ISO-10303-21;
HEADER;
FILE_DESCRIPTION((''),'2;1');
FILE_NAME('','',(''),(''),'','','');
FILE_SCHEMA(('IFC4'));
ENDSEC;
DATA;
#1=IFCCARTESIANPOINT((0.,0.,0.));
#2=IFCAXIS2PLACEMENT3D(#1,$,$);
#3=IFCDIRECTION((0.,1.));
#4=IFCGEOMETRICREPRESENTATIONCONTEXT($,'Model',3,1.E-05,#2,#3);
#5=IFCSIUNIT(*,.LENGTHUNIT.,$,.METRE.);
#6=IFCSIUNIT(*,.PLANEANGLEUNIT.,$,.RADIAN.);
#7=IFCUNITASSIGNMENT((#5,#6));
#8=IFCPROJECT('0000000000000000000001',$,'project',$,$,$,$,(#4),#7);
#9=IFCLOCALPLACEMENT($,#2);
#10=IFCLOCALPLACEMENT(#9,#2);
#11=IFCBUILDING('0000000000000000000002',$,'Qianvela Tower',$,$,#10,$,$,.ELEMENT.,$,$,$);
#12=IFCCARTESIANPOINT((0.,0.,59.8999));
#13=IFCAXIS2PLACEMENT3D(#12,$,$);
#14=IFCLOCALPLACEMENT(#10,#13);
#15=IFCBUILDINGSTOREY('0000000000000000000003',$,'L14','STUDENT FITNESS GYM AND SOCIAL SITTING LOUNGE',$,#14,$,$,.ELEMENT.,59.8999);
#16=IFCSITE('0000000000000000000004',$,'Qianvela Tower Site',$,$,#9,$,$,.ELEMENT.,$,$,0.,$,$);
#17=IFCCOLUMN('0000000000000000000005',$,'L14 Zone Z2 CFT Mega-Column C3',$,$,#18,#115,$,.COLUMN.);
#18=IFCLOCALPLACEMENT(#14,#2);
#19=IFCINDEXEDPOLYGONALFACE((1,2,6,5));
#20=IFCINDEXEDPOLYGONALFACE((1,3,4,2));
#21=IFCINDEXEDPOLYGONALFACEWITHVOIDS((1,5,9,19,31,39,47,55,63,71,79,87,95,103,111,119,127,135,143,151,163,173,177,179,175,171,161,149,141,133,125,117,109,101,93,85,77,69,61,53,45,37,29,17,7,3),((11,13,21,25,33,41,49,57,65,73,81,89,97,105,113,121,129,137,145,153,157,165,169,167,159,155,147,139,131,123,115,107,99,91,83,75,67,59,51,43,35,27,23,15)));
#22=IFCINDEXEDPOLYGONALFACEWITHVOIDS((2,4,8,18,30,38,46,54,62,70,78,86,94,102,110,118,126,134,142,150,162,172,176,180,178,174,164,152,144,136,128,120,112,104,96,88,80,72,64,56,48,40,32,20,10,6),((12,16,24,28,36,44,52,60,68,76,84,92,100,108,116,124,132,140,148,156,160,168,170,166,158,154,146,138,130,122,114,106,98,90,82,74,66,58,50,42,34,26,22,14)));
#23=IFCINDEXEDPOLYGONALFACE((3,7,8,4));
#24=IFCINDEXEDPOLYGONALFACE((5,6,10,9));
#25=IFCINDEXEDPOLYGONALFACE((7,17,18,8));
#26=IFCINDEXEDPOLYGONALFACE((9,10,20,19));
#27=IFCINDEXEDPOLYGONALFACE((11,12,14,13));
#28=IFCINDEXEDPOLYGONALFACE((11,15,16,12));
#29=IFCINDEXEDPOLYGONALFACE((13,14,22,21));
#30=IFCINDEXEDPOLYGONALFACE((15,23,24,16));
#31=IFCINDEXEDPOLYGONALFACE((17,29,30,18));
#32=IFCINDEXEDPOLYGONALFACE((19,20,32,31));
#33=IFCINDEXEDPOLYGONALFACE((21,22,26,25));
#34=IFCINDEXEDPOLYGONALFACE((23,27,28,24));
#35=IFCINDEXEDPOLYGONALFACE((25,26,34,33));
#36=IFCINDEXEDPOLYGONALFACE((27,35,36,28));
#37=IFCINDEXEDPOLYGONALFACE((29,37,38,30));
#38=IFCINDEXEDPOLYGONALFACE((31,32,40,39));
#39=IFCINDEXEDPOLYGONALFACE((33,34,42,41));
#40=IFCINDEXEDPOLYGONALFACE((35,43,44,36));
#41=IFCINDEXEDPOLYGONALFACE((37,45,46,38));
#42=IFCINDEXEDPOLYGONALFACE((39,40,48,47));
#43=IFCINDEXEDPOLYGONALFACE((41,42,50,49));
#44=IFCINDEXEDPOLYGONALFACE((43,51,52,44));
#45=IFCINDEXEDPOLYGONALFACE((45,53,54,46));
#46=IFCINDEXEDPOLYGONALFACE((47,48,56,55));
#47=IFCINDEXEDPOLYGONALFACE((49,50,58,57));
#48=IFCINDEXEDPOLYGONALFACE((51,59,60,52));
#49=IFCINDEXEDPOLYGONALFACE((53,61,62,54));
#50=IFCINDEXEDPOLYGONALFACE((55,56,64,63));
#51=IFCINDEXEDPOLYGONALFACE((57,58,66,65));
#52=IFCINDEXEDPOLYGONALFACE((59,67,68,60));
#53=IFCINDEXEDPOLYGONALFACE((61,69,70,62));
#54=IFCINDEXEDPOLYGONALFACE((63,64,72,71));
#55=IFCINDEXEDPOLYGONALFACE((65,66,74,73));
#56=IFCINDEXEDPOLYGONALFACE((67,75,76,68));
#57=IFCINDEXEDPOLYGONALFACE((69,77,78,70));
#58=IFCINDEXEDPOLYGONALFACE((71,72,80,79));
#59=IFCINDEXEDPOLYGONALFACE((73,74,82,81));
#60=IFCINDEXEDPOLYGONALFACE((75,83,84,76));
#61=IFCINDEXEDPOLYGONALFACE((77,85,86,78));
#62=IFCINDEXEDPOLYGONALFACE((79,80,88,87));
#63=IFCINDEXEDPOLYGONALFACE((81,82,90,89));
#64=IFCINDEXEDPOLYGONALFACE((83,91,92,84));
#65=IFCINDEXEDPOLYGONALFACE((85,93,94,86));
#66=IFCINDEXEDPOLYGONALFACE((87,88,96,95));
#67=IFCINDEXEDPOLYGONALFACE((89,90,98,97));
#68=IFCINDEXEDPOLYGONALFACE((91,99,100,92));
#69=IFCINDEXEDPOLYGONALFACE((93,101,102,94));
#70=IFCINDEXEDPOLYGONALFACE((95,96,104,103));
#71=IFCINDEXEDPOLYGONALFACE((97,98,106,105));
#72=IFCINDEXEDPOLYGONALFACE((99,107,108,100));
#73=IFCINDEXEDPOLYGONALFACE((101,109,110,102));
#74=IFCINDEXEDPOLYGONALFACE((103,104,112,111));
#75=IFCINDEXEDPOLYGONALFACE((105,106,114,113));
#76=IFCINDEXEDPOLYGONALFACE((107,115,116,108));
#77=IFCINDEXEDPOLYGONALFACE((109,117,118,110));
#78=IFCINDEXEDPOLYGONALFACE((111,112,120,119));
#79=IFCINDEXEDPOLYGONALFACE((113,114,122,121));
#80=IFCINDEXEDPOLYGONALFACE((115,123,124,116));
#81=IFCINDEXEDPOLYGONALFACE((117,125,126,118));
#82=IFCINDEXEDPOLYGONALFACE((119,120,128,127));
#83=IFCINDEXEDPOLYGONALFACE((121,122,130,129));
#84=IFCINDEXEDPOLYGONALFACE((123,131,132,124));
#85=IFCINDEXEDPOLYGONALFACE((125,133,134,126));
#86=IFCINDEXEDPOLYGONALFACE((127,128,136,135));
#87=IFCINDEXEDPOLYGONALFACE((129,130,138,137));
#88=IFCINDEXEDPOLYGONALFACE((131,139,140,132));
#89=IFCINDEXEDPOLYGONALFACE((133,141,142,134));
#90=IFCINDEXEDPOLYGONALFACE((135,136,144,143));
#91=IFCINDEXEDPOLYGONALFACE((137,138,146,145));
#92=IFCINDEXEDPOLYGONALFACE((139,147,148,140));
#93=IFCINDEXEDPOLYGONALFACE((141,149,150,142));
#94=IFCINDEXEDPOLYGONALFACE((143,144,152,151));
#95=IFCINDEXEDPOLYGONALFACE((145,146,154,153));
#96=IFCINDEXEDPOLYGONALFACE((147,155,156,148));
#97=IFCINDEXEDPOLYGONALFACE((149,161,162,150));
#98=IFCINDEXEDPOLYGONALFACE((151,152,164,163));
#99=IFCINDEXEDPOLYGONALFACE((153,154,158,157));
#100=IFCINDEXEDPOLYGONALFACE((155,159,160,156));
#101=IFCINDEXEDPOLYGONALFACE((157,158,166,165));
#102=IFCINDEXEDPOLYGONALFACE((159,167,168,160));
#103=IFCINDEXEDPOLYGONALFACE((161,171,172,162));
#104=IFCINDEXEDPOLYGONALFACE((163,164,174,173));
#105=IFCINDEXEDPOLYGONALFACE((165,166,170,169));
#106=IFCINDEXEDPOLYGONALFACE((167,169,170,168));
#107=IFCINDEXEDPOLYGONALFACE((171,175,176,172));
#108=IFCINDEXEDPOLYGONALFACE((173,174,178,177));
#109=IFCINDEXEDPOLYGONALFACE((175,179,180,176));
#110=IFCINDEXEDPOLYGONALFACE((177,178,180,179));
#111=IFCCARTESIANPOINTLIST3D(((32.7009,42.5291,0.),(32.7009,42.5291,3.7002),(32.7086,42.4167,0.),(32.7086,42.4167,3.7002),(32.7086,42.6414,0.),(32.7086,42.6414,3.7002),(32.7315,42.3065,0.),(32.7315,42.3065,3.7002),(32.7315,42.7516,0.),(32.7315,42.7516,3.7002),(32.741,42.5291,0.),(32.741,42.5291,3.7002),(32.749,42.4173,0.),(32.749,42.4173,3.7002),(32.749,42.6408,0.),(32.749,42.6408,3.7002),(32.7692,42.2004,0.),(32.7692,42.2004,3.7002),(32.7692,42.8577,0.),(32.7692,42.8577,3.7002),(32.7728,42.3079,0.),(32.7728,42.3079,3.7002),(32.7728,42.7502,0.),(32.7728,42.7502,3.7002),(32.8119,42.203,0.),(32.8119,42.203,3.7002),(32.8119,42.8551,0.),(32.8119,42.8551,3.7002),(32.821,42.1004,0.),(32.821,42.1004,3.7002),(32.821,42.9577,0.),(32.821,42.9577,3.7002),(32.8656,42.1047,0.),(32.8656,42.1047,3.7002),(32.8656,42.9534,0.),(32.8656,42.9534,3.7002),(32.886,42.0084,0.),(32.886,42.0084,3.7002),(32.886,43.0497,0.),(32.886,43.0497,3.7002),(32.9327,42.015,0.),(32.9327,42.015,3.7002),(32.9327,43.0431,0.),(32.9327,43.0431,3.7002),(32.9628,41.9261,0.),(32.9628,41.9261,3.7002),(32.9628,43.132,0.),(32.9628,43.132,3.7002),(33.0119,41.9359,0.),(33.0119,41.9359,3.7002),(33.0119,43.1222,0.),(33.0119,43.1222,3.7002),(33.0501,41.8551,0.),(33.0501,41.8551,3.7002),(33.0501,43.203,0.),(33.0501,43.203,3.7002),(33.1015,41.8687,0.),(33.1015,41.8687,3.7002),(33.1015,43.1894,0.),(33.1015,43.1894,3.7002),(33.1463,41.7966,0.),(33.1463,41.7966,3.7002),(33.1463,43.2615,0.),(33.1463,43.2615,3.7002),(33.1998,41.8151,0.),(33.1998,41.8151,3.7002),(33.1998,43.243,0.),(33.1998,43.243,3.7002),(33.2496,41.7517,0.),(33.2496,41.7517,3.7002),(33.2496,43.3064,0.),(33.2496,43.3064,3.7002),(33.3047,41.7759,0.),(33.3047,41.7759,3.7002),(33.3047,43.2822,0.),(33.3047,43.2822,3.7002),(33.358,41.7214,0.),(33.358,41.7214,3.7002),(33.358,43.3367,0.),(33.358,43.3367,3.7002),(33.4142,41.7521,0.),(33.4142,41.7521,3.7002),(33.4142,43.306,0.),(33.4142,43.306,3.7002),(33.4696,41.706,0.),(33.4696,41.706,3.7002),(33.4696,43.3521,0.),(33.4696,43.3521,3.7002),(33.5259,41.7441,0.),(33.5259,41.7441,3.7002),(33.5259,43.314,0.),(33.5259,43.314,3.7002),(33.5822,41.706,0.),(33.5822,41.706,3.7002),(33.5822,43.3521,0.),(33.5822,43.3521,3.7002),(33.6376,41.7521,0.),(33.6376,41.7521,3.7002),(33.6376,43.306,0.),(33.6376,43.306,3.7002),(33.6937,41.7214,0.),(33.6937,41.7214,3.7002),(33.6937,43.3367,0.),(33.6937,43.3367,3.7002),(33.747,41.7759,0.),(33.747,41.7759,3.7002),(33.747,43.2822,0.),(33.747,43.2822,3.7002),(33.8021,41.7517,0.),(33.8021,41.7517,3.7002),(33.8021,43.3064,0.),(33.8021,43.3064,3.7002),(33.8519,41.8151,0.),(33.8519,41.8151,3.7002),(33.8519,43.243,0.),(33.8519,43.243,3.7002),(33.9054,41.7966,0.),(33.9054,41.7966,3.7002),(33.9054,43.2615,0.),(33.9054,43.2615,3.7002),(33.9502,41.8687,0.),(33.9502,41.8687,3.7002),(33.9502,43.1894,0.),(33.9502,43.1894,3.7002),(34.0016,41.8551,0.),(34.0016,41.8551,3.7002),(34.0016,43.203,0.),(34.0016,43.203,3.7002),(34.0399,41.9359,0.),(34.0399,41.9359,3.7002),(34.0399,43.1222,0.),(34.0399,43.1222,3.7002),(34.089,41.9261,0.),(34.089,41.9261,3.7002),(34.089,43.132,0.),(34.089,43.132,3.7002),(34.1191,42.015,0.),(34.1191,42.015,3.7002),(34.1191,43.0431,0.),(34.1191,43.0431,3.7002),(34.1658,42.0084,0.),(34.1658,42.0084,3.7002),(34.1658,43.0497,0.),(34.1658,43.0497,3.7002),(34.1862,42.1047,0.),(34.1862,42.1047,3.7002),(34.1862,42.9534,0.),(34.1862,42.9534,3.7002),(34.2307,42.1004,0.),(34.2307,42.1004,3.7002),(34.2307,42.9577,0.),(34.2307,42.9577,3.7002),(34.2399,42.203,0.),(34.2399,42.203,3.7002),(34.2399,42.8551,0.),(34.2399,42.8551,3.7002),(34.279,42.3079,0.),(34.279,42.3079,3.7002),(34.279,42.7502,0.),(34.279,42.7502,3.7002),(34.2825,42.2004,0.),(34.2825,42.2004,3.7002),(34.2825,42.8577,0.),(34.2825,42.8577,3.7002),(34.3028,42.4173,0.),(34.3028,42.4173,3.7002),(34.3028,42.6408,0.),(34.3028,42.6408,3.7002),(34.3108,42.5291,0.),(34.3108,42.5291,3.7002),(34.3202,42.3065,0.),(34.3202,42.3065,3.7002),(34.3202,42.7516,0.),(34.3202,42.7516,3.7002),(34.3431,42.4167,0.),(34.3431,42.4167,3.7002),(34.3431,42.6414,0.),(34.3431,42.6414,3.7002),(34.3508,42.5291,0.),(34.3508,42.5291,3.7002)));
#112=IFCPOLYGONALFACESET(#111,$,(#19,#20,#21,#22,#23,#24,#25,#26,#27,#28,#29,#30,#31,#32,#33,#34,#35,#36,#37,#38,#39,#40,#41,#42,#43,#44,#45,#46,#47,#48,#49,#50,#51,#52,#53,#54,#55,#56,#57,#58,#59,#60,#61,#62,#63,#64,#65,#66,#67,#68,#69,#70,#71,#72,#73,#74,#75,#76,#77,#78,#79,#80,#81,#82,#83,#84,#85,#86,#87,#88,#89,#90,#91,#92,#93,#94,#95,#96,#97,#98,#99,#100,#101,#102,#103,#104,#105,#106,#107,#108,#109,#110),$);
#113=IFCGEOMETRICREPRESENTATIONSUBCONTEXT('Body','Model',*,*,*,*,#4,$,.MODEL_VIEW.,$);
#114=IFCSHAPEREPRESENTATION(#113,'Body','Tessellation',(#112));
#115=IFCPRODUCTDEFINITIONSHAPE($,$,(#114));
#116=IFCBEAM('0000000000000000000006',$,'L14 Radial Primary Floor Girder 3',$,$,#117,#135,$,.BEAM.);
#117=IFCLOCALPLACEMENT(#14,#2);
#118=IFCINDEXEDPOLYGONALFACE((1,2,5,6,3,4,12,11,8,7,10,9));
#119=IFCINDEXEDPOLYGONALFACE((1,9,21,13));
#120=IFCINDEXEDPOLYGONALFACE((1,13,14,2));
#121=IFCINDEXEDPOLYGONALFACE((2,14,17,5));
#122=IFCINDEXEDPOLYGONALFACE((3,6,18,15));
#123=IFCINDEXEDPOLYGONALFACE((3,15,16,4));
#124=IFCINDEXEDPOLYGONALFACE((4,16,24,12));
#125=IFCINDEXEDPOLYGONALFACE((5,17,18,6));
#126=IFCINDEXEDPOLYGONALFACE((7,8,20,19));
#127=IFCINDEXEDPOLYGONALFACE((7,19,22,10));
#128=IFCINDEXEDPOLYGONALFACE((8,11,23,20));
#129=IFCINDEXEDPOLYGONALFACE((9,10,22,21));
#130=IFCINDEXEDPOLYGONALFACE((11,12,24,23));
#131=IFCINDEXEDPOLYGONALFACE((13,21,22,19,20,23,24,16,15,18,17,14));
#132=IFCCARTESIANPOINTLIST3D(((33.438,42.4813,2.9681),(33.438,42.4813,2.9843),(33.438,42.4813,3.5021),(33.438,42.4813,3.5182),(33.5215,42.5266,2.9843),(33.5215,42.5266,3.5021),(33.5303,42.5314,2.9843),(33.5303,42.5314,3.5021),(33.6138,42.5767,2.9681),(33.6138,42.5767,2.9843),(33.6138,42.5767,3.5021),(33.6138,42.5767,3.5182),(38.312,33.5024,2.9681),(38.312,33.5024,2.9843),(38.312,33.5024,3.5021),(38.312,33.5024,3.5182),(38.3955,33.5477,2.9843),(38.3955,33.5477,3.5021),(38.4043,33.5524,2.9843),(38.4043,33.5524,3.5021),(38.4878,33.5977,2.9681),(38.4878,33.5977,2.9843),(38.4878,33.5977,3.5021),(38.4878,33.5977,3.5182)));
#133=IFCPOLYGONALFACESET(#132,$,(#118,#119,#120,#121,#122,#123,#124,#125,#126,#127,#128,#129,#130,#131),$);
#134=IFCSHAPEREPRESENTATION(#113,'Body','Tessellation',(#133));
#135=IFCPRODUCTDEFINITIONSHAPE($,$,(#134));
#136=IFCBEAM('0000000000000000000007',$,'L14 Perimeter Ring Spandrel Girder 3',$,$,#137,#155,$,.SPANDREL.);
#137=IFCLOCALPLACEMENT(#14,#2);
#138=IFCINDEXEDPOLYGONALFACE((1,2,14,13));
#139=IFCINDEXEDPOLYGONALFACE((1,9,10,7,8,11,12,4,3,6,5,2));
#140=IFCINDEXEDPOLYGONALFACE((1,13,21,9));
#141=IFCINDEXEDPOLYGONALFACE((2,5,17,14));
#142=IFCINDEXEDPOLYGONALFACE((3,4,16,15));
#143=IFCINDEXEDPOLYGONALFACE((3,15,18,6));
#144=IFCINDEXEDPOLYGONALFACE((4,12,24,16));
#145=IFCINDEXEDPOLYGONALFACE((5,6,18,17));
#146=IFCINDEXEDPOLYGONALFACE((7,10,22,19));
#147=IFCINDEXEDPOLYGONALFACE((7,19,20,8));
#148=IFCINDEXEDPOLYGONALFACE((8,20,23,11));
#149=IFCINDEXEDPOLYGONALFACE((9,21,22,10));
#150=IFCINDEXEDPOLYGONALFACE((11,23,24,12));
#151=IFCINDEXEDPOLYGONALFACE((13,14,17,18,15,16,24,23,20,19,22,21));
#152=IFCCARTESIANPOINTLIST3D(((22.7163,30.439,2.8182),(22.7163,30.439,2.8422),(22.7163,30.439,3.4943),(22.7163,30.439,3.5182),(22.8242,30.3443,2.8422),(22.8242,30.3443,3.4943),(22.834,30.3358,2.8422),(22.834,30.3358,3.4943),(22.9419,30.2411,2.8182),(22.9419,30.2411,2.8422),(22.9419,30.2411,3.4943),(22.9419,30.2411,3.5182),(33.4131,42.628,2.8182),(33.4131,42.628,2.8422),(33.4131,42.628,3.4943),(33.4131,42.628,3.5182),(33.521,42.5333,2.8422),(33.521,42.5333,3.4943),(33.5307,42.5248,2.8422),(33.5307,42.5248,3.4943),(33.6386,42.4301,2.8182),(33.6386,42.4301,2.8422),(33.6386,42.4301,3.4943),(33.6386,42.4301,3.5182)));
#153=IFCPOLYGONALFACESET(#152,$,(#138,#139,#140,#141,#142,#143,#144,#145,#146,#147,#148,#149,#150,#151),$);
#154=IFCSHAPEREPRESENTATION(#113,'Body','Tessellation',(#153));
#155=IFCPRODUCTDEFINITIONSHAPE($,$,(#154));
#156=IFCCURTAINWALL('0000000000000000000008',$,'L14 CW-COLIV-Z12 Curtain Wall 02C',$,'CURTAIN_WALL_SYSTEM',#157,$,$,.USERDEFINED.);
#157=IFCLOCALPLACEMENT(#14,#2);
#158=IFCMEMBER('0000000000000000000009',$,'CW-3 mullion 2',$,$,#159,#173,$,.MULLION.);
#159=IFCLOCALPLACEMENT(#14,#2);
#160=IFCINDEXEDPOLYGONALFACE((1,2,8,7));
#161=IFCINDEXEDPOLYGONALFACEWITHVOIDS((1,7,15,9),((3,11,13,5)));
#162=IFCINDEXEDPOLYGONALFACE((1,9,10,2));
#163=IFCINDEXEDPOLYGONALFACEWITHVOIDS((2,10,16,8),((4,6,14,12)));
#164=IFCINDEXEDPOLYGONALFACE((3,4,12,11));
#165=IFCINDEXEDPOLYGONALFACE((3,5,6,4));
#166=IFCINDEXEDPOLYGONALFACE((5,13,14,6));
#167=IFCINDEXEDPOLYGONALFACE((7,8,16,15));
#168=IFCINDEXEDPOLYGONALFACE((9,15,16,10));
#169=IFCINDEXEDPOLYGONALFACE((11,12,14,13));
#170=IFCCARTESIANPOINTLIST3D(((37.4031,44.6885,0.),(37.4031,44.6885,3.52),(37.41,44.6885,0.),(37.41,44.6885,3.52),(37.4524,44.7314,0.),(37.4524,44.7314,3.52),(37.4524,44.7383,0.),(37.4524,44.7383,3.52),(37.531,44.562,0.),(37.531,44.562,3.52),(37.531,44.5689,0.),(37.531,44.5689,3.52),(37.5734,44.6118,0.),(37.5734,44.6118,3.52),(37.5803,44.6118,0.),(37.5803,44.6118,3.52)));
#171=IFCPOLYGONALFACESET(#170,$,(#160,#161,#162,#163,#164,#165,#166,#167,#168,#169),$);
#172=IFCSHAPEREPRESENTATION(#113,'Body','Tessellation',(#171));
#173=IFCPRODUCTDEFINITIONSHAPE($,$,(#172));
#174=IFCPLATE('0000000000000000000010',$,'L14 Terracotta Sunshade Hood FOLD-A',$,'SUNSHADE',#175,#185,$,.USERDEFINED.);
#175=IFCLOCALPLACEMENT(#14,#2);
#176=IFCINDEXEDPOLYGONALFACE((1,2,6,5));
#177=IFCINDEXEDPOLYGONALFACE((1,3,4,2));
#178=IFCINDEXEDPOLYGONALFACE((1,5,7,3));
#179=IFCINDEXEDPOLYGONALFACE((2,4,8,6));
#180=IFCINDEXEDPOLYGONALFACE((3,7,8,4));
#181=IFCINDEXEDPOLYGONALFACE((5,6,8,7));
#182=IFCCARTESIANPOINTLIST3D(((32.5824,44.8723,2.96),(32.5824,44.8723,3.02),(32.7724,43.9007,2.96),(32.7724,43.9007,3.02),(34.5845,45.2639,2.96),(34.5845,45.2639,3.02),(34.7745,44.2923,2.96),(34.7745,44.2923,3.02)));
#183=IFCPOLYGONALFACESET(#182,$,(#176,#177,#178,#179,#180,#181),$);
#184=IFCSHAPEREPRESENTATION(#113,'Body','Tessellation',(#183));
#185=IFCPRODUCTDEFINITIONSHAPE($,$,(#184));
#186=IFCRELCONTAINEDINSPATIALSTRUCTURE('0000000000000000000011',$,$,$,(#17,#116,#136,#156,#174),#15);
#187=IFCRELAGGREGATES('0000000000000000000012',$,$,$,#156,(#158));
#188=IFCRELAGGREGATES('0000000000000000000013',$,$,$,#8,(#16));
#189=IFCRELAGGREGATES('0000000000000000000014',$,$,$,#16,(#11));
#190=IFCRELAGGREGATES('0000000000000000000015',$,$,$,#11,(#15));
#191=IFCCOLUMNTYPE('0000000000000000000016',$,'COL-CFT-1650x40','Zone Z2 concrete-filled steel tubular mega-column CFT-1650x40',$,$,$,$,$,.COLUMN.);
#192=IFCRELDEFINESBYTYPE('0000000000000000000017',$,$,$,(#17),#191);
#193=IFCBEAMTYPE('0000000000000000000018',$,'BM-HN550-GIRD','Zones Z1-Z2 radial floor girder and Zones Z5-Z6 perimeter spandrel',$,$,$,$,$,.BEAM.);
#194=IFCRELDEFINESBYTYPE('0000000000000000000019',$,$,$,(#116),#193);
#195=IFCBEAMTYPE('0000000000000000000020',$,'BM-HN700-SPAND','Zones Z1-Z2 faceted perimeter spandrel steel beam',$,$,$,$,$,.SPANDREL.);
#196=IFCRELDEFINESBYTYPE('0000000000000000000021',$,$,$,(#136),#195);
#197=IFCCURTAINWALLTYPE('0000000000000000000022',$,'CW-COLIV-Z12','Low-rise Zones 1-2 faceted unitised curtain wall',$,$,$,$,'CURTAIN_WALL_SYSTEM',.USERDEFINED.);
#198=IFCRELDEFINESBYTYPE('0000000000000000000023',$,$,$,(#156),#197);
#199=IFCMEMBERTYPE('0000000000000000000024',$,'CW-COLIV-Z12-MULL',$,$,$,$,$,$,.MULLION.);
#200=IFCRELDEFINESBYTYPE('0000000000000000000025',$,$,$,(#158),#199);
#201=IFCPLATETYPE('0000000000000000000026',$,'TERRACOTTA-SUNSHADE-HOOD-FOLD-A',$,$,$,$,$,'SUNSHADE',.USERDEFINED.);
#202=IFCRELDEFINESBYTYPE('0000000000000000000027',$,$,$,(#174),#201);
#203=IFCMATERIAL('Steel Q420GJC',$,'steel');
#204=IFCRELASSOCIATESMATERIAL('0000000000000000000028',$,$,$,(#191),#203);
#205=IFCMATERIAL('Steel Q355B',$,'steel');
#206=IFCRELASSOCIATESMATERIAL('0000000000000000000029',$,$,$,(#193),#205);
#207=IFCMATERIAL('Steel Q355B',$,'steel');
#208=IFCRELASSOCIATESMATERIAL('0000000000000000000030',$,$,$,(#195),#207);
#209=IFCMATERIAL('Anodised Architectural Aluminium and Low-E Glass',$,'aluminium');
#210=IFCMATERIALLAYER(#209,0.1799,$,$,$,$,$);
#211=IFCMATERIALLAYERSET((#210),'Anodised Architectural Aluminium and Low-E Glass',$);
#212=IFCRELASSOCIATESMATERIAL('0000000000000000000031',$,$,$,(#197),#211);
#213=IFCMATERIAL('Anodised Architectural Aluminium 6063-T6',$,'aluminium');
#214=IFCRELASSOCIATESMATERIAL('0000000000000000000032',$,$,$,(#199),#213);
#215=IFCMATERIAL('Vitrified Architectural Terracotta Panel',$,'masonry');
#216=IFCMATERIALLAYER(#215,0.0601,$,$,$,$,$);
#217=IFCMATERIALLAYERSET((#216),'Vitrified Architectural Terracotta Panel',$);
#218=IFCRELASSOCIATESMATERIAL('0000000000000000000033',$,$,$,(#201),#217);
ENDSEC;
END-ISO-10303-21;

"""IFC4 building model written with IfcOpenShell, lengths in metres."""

from ifc_helpers import new_model, si_unit, direction, frame, origin, origin_2d, place, context, subcontext, project, spatial, rectangle, hollow_rectangle, hollow_circle, i_section, extrude, material, layer, layer_set, material_profile, profile_set, type_object, element, aggregate, save


model = new_model("IFC4")

# Units and contexts
model_context = context("Model", 3, precision=1e-05, world=origin(), true_north=direction((0.0, 1.0)))
body_context = subcontext(model_context, "Body", "Model", "MODEL_VIEW")
ifc_project = project(units=[si_unit("LENGTHUNIT", "METRE"), si_unit("PLANEANGLEUNIT", "RADIAN")], contexts=[model_context])

# Site, building, storey
site_placement = place(None, origin())
site = spatial("IfcSite", under=ifc_project, at=site_placement, Name="Qianvela Tower Site", CompositionType="ELEMENT", RefElevation=0.0)
building_placement = place(site_placement, origin())
building = spatial("IfcBuilding", under=site, at=building_placement, Name="Qianvela Tower", CompositionType="ELEMENT")
storey_placement = place(building_placement, frame((0.0, 0.0, 59.8999)))
storey = spatial("IfcBuildingStorey", under=building, at=storey_placement, Name="L14", Description="STUDENT FITNESS GYM AND SOCIAL SITTING LOUNGE", CompositionType="ELEMENT", Elevation=59.8999)

# Column
ifc_material_1 = material(Name="Steel Q420GJC", Category="steel")
ifc_material_profile_1 = material_profile(ifc_material_1, hollow_circle(Radius=0.825, WallThickness=0.04, at=origin_2d()), Name="CFT-1650x40")
ifc_profile_set_1 = profile_set([ifc_material_profile_1], Name="Steel Q420GJC")
column_type = type_object("IfcColumnType", Name="COL-CFT-1650x40", Description="Zone Z2 concrete-filled steel tubular mega-column CFT-1650x40", PredefinedType="COLUMN", material=ifc_profile_set_1)
column_placement = place(storey_placement, frame((33.5259, 42.5291, 0.0), z_axis=(0.0, 0.0, 1.0), x_axis=(1.0, 0.0, 0.0)))
element("IfcColumn", 1, at=column_placement, inside=storey, type_object=column_type, Name="L14 Zone Z2 CFT Mega-Column C3", PredefinedType="COLUMN", context=body_context, shape_type="SweptSolid", body=[
    extrude(hollow_circle(Radius=0.825, WallThickness=0.04, at=origin_2d()), origin(), (0.0, 0.0, 1.0), 3.7002),
])

# Beams
ifc_material_2 = material(Name="Steel Q355B", Category="steel")
ifc_material_profile_2 = material_profile(ifc_material_2, i_section(OverallWidth=0.2, OverallDepth=0.55, WebThickness=0.01, FlangeThickness=0.0161, at=origin_2d()), Name="HN550x200x10x16")
ifc_profile_set_2 = profile_set([ifc_material_profile_2], Name="Steel Q355B")
beam_type_1 = type_object("IfcBeamType", Name="BM-HN550-GIRD", Description="Zones Z1-Z2 radial floor girder and Zones Z5-Z6 perimeter spandrel", PredefinedType="BEAM", material=ifc_profile_set_2)
beam_1_placement = place(storey_placement, frame((38.3999, 33.55, 3.2432), z_axis=(-0.47707, 0.878865, 0.0), x_axis=(-0.878865, -0.47707, 0.0)))
element("IfcBeam", 2, at=beam_1_placement, inside=storey, type_object=beam_type_1, Name="L14 Radial Primary Floor Girder 3", PredefinedType="BEAM", context=body_context, shape_type="SweptSolid", body=[
    extrude(i_section(OverallWidth=0.2, OverallDepth=0.55, WebThickness=0.01, FlangeThickness=0.0161, at=origin_2d()), origin(), (0.0, 0.0, 1.0), 10.2166),
])
ifc_material_3 = material(Name="Steel Q355B", Category="steel")
ifc_material_profile_3 = material_profile(ifc_material_3, i_section(OverallWidth=0.3, OverallDepth=0.7, WebThickness=0.0129, FlangeThickness=0.0239, at=origin_2d()), Name="HN700x300x13x24")
ifc_profile_set_3 = profile_set([ifc_material_profile_3], Name="Steel Q355B")
beam_type_2 = type_object("IfcBeamType", Name="BM-HN700-SPAND", Description="Zones Z1-Z2 faceted perimeter spandrel steel beam", PredefinedType="SPANDREL", material=ifc_profile_set_3)
beam_2_placement = place(storey_placement, frame((33.5259, 42.5291, 3.1682), z_axis=(-0.659602, -0.751615, 0.0), x_axis=(0.751615, -0.659602, 0.0)))
element("IfcBeam", 3, at=beam_2_placement, inside=storey, type_object=beam_type_2, Name="L14 Perimeter Ring Spandrel Girder 3", PredefinedType="SPANDREL", context=body_context, shape_type="SweptSolid", body=[
    extrude(i_section(OverallWidth=0.3, OverallDepth=0.7, WebThickness=0.0129, FlangeThickness=0.0239, at=origin_2d()), origin(), (0.0, 0.0, 1.0), 16.217),
])

# Curtain wall, member
ifc_material_4 = material(Name="Anodised Architectural Aluminium and Low-E Glass", Category="aluminium")
ifc_layer_1 = layer(ifc_material_4, 0.1799)
ifc_layer_set_1 = layer_set([ifc_layer_1], Name="Anodised Architectural Aluminium and Low-E Glass")
curtain_wall_type = type_object("IfcCurtainWallType", Name="CW-COLIV-Z12", Description="Low-rise Zones 1-2 faceted unitised curtain wall", ElementType="CURTAIN_WALL_SYSTEM", PredefinedType="USERDEFINED", material=ifc_layer_set_1)
curtain_wall_placement = place(storey_placement, origin())
curtain_wall = element("IfcCurtainWall", 4, at=curtain_wall_placement, inside=storey, type_object=curtain_wall_type, Name="L14 CW-COLIV-Z12 Curtain Wall 02C", ObjectType="CURTAIN_WALL_SYSTEM", PredefinedType="USERDEFINED")
ifc_material_5 = material(Name="Anodised Architectural Aluminium 6063-T6", Category="aluminium")
ifc_material_profile_4 = material_profile(ifc_material_5, hollow_rectangle(XDim=0.0701, YDim=0.1799, WallThickness=0.0049, at=origin_2d()), Name="ALU-MULL-70x180")
ifc_profile_set_4 = profile_set([ifc_material_profile_4], Name="Anodised Architectural Aluminium 6063-T6")
member_type = type_object("IfcMemberType", Name="CW-COLIV-Z12-MULL", PredefinedType="MULLION", material=ifc_profile_set_4)
member_placement = place(storey_placement, frame((37.4917, 44.6501, 0.0), z_axis=(0.0, 0.0, 1.0), x_axis=(-0.70306, -0.711131, 0.0)))
member = element("IfcMember", 5, at=member_placement, type_object=member_type, Name="CW-3 mullion 2", PredefinedType="MULLION", context=body_context, shape_type="SweptSolid", body=[
    extrude(hollow_rectangle(XDim=0.0701, YDim=0.1799, WallThickness=0.0049, at=origin_2d()), origin(), (0.0, 0.0, 1.0), 3.52),
])
aggregate(curtain_wall, [member])

# Plate
ifc_material_6 = material(Name="Vitrified Architectural Terracotta Panel", Category="masonry")
ifc_layer_2 = layer(ifc_material_6, 0.0601)
ifc_layer_set_2 = layer_set([ifc_layer_2], Name="Vitrified Architectural Terracotta Panel")
plate_type_1 = type_object("IfcPlateType", Name="TERRACOTTA-SUNSHADE-HOOD-FOLD-A", ElementType="SUNSHADE", PredefinedType="USERDEFINED", material=ifc_layer_set_2)
plate_1_placement = place(storey_placement, frame((33.6785, 44.5823, 2.96), z_axis=(0.0, 0.0, 1.0), x_axis=(-0.981406, -0.191941, 0.0)))
element("IfcPlate", 6, at=plate_1_placement, inside=storey, type_object=plate_type_1, Name="L14 Terracotta Sunshade Hood FOLD-A", ObjectType="SUNSHADE", PredefinedType="USERDEFINED", context=body_context, shape_type="SweptSolid", body=[
    extrude(rectangle(XDim=2.04, YDim=0.99, at=origin_2d()), origin(), (0.0, 0.0, 1.0), 0.0601),
])

save(model, "model.ifc")
